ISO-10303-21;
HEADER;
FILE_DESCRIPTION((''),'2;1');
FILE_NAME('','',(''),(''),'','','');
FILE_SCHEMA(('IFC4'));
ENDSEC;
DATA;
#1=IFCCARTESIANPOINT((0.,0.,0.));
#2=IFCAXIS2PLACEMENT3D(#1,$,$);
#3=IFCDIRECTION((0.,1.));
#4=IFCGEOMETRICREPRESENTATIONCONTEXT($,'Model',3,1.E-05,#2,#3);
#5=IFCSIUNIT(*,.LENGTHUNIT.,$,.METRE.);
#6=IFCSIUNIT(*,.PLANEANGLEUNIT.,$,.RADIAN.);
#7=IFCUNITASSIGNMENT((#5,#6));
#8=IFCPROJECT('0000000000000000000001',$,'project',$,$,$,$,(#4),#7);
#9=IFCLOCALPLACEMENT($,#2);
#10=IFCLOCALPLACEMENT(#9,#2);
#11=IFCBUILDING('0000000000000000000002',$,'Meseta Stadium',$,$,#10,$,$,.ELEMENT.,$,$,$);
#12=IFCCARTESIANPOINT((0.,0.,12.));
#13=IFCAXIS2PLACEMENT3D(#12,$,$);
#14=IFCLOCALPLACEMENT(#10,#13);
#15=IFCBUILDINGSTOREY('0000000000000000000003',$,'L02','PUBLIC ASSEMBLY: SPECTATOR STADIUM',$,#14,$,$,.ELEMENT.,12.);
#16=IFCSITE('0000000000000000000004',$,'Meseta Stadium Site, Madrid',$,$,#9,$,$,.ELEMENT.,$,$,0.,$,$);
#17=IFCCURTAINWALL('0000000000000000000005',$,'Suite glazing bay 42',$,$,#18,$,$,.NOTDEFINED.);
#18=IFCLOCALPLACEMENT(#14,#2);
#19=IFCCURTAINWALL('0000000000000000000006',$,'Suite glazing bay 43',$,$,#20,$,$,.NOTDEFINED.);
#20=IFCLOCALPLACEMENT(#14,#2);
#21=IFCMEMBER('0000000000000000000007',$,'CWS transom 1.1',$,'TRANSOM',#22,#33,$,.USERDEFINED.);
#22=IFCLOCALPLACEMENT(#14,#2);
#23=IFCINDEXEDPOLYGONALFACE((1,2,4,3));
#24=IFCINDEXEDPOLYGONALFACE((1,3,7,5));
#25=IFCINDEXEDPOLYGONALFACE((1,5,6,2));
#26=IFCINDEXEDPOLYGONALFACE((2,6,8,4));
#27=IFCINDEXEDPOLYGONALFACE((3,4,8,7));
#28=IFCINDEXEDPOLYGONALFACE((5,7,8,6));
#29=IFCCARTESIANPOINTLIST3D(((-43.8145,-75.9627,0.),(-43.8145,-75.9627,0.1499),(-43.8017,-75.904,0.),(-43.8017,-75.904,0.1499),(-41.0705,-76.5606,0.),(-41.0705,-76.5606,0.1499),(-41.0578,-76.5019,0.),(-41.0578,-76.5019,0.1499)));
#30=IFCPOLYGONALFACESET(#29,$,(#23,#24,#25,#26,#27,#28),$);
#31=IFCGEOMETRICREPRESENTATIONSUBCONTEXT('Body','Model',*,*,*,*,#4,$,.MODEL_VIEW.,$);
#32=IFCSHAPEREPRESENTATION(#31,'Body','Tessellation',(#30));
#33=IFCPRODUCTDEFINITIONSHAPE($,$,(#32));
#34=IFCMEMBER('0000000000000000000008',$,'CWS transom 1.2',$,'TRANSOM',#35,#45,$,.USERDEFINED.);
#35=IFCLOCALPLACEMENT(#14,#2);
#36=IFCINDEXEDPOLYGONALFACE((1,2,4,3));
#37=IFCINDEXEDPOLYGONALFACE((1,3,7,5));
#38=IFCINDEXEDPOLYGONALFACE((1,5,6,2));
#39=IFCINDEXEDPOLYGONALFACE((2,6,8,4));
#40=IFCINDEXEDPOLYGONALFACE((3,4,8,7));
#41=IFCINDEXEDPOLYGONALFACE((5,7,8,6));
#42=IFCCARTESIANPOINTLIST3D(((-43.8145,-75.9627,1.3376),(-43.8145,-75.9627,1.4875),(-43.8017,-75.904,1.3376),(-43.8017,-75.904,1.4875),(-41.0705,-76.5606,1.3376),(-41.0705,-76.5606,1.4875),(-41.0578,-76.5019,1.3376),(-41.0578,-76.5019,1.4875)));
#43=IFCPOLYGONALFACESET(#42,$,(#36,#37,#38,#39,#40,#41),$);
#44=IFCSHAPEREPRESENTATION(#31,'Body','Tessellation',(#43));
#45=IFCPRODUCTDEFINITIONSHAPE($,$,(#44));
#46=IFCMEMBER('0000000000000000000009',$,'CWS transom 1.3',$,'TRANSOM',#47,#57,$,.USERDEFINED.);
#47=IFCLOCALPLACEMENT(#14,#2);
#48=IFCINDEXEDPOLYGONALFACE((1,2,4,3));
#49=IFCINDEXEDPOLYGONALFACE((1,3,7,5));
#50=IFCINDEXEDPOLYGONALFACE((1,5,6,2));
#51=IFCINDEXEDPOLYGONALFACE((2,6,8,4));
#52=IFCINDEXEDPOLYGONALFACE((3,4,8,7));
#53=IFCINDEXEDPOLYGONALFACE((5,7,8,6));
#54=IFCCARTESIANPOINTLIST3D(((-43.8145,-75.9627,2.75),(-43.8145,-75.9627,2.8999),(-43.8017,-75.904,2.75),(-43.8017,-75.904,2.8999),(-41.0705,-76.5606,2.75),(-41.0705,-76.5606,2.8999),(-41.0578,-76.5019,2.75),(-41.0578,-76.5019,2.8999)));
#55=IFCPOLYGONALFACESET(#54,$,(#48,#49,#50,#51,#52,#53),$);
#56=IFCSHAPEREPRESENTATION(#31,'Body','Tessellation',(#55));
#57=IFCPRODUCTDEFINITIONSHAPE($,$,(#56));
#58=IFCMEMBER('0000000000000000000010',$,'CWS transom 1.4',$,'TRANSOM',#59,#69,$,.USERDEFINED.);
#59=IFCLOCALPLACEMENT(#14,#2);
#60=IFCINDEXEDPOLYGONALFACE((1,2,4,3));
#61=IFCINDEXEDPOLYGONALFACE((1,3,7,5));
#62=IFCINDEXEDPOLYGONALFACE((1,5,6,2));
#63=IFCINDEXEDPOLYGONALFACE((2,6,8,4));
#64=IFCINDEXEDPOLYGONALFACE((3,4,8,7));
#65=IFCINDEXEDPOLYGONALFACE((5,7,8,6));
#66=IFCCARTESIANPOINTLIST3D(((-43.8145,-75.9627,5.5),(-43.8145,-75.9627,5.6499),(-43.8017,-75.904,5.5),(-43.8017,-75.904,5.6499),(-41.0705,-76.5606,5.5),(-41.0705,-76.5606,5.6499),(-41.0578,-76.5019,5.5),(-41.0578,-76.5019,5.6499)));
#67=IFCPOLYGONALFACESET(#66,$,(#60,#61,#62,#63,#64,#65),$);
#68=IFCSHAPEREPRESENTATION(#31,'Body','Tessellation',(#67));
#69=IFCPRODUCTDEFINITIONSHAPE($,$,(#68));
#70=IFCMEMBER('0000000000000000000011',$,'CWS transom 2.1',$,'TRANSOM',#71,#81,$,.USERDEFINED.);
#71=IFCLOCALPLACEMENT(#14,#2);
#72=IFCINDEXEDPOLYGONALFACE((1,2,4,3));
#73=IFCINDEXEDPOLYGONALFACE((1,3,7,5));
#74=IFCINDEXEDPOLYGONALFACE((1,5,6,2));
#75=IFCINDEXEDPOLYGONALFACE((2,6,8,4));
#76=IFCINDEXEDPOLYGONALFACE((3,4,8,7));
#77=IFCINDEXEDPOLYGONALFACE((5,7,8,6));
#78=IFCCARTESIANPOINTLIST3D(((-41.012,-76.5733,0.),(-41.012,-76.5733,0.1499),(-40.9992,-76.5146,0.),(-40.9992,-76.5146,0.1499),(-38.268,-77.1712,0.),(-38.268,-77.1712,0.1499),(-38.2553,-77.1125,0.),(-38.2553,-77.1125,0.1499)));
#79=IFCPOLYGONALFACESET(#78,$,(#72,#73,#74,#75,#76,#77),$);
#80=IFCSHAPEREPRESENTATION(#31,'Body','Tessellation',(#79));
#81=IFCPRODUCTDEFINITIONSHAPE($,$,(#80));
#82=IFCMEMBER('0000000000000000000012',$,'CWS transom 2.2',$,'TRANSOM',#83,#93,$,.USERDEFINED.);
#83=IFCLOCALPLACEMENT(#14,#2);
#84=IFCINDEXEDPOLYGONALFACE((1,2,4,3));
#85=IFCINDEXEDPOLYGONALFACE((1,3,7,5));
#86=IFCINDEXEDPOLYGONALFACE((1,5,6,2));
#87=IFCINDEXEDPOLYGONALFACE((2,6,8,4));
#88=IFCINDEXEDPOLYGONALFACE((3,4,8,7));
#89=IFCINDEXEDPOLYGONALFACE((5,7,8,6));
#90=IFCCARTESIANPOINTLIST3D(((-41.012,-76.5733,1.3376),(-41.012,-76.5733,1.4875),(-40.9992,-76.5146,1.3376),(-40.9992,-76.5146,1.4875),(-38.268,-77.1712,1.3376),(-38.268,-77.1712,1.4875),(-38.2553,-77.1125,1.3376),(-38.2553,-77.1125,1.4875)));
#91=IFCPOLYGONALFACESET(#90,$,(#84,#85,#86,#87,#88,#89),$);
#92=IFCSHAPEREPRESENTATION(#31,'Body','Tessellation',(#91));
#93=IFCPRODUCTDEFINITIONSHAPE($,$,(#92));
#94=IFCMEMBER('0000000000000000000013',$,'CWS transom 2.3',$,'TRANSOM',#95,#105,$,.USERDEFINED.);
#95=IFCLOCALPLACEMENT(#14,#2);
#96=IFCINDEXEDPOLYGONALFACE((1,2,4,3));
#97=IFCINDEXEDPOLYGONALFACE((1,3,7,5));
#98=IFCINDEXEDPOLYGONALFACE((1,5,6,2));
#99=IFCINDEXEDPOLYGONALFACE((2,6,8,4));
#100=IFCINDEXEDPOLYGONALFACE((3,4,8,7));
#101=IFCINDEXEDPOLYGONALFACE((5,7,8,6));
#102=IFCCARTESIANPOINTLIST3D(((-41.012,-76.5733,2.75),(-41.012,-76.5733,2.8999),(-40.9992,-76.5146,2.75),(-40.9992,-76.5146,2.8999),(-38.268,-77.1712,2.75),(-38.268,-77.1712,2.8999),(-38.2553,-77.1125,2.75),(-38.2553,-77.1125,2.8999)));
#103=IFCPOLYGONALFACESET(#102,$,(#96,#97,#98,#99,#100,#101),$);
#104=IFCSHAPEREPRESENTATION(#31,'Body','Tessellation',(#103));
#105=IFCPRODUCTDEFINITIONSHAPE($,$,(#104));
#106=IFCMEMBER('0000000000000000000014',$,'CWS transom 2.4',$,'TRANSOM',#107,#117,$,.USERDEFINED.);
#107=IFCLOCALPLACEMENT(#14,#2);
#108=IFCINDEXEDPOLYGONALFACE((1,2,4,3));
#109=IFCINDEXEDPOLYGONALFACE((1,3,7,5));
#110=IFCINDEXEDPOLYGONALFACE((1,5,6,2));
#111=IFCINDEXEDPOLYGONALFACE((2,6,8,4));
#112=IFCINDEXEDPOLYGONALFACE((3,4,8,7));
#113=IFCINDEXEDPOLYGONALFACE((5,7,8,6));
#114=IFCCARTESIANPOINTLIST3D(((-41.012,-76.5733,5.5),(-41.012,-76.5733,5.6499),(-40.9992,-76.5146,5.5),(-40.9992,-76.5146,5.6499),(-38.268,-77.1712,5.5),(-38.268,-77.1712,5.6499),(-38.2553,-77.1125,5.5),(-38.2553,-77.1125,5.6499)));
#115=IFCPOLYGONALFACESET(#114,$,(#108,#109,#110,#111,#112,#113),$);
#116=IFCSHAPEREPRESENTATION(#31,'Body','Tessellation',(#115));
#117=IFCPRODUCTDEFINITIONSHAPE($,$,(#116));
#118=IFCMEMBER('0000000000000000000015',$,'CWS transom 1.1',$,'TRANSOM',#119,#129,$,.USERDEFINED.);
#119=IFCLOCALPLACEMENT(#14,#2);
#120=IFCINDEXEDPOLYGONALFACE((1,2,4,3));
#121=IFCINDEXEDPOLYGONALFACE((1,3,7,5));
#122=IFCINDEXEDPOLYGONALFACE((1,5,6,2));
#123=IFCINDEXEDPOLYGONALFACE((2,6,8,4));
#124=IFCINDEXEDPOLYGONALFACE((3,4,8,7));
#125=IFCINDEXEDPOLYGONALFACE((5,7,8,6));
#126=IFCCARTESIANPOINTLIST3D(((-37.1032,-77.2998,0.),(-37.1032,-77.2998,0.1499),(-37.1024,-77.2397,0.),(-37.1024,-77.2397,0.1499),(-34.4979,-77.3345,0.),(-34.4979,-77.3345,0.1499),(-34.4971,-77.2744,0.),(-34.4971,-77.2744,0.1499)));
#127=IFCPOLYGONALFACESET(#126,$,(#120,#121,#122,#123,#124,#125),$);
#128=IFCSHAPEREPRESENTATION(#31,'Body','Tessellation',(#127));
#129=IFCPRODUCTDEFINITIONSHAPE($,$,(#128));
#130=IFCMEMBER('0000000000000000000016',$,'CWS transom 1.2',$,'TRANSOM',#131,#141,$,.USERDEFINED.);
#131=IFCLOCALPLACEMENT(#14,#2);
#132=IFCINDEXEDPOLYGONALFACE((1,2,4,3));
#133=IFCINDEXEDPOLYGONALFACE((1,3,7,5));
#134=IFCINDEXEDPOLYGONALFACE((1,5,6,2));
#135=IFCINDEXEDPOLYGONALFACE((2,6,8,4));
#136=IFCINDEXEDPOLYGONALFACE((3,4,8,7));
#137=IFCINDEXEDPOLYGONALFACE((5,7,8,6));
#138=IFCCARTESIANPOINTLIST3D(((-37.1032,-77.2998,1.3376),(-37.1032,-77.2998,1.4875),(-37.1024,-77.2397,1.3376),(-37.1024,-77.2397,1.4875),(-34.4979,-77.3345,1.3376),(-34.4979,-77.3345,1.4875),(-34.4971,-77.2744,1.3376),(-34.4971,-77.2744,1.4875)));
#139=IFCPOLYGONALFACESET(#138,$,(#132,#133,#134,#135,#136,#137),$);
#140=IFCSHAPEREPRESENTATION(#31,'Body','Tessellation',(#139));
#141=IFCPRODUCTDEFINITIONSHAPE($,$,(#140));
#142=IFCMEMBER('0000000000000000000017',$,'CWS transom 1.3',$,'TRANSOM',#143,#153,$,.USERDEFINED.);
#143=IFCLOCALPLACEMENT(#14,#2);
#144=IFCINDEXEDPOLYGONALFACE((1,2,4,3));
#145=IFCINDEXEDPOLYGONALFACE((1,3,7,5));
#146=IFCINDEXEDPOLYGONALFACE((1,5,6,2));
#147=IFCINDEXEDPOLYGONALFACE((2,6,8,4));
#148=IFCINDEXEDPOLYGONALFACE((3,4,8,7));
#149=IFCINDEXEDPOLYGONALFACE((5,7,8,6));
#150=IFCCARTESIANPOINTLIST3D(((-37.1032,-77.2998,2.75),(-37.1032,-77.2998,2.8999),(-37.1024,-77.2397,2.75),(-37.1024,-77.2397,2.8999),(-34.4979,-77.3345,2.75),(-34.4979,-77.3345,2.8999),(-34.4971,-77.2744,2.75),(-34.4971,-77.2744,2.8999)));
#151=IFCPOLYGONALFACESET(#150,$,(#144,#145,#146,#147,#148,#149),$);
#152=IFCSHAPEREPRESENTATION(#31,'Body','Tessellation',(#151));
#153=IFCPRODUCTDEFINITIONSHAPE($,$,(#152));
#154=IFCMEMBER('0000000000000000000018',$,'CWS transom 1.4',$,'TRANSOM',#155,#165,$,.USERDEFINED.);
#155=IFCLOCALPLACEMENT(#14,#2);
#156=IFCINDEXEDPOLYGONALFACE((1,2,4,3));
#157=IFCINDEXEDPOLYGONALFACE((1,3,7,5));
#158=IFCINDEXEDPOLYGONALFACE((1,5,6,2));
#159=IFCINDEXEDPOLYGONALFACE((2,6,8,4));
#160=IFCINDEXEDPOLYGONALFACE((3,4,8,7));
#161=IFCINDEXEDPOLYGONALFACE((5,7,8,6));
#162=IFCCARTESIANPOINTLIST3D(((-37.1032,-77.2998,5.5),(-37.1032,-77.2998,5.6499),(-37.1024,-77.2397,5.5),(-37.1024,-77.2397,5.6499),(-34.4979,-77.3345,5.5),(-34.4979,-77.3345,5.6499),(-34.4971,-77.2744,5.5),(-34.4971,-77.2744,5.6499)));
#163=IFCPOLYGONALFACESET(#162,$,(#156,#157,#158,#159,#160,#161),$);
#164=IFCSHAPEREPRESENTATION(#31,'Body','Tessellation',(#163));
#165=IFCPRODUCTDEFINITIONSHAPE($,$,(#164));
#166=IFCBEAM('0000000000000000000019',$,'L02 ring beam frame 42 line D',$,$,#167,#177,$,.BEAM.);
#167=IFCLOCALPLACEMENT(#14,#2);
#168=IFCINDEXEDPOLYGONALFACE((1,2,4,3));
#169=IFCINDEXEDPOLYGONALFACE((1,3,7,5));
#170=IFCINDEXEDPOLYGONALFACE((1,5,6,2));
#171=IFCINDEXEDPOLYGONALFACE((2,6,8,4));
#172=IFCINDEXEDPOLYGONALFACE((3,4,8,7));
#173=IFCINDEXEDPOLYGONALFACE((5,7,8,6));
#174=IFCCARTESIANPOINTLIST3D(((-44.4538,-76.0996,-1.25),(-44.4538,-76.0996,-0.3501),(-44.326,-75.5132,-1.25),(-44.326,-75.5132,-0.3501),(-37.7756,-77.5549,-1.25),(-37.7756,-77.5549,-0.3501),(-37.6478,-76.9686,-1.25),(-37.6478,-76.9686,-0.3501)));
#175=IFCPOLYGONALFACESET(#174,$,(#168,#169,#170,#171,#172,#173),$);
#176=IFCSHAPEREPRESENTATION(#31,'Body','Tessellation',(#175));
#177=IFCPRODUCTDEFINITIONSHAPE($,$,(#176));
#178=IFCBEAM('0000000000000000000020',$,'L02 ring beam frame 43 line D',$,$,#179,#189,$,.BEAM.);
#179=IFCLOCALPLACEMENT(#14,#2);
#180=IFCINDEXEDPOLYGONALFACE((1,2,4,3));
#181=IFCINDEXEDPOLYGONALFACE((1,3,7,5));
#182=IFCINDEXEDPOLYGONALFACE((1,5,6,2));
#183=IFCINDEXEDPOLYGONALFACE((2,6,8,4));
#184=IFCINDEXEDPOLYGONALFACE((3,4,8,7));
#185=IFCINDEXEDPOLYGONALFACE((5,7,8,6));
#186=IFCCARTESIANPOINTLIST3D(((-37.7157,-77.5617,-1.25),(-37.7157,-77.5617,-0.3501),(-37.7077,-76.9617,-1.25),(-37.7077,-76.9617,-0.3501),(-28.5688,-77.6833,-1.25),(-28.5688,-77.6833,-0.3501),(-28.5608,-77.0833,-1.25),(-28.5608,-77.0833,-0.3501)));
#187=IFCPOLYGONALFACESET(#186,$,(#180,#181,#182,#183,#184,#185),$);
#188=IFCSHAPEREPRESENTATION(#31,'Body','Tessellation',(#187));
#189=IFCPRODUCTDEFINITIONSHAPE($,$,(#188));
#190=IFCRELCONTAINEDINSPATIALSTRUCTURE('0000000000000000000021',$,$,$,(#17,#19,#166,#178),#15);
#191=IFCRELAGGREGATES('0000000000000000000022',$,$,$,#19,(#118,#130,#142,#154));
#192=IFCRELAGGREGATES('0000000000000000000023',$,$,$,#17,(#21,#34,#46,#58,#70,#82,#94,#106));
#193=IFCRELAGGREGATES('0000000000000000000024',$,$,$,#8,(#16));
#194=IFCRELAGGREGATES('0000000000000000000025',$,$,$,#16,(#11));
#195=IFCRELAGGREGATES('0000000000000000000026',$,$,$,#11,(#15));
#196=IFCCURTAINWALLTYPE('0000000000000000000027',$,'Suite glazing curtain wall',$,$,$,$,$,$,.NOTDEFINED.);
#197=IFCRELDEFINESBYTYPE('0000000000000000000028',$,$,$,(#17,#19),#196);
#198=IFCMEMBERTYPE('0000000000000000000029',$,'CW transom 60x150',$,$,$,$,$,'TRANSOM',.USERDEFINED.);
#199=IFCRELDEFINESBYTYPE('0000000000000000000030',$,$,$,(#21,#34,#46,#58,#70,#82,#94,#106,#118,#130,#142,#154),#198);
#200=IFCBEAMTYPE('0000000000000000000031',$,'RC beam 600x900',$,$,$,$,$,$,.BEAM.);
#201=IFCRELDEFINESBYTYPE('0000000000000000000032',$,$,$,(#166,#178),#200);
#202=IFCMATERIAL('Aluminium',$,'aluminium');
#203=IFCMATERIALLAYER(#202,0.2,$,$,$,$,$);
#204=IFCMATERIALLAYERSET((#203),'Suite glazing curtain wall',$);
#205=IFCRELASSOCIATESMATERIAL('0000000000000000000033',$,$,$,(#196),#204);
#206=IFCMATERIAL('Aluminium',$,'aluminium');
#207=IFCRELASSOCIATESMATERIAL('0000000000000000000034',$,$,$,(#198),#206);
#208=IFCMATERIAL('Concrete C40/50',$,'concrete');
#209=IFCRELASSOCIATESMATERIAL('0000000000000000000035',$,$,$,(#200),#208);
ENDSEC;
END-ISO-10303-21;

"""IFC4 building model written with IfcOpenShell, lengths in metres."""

from ifc_helpers import new_model, si_unit, direction, frame, origin, origin_2d, place, context, subcontext, project, spatial, rectangle, extrude, material, layer, layer_set, material_profile, profile_set, type_object, element, aggregate, save


model = new_model("IFC4")

# Units and contexts
model_context = context("Model", 3, precision=1e-05, world=origin(), true_north=direction((0.0, 1.0)))
body_context = subcontext(model_context, "Body", "Model", "MODEL_VIEW")
ifc_project = project(units=[si_unit("LENGTHUNIT", "METRE"), si_unit("PLANEANGLEUNIT", "RADIAN")], contexts=[model_context])

# Site, building, storey
site_placement = place(None, origin())
site = spatial("IfcSite", under=ifc_project, at=site_placement, Name="Meseta Stadium Site, Madrid", CompositionType="ELEMENT", RefElevation=0.0)
building_placement = place(site_placement, origin())
building = spatial("IfcBuilding", under=site, at=building_placement, Name="Meseta Stadium", CompositionType="ELEMENT")
storey_placement = place(building_placement, frame((0.0, 0.0, 12.0)))
storey = spatial("IfcBuildingStorey", under=building, at=storey_placement, Name="L02", Description="PUBLIC ASSEMBLY: SPECTATOR STADIUM", CompositionType="ELEMENT", Elevation=12.0)

# Shared definitions
ifc_material_1 = material(Name="Aluminium", Category="aluminium")
ifc_layer_1 = layer(ifc_material_1, 0.2)
ifc_layer_set_1 = layer_set([ifc_layer_1], Name="Suite glazing curtain wall")
curtain_wall_type = type_object("IfcCurtainWallType", Name="Suite glazing curtain wall", PredefinedType="NOTDEFINED", material=ifc_layer_set_1)

# Curtain wall
curtain_wall_1_placement = place(storey_placement, origin())
curtain_wall_1 = element("IfcCurtainWall", 1, at=curtain_wall_1_placement, inside=storey, type_object=curtain_wall_type, Name="Suite glazing bay 42", PredefinedType="NOTDEFINED")

# Curtain wall
curtain_wall_2_placement = place(storey_placement, origin())
curtain_wall_2 = element("IfcCurtainWall", 2, at=curtain_wall_2_placement, inside=storey, type_object=curtain_wall_type, Name="Suite glazing bay 43", PredefinedType="NOTDEFINED")

# Members
ifc_material_2 = material(Name="Aluminium", Category="aluminium")
ifc_material_profile_1 = material_profile(ifc_material_2, rectangle(XDim=0.0601, YDim=0.1499, at=origin_2d()), Name="CW 60x150")
ifc_profile_set_1 = profile_set([ifc_material_profile_1], Name="Aluminium")
member_type_1 = type_object("IfcMemberType", Name="CW transom 60x150", ElementType="TRANSOM", PredefinedType="USERDEFINED", material=ifc_profile_set_1)
member_1_placement = place(storey_placement, frame((-43.8081, -75.9333, 0.075), z_axis=(0.977073, -0.212906, 0.0), x_axis=(0.212906, 0.977073, 0.0)))
member_1 = element("IfcMember", 3, at=member_1_placement, type_object=member_type_1, Name="CWS transom 1.1", ObjectType="TRANSOM", PredefinedType="USERDEFINED", context=body_context, shape_type="SweptSolid", body=[
    extrude(rectangle(XDim=0.0601, YDim=0.1499, at=origin_2d()), origin(), (0.0, 0.0, 1.0), 2.8083),
])
member_2_placement = place(storey_placement, frame((-43.8081, -75.9333, 1.4126), z_axis=(0.977073, -0.212906, 0.0), x_axis=(0.212906, 0.977073, 0.0)))
member_2 = element("IfcMember", 4, at=member_2_placement, type_object=member_type_1, Name="CWS transom 1.2", ObjectType="TRANSOM", PredefinedType="USERDEFINED", context=body_context, shape_type="SweptSolid", body=[
    extrude(rectangle(XDim=0.0601, YDim=0.1499, at=origin_2d()), origin(), (0.0, 0.0, 1.0), 2.8083),
])
member_3_placement = place(storey_placement, frame((-43.8081, -75.9333, 2.825), z_axis=(0.977073, -0.212906, 0.0), x_axis=(0.212906, 0.977073, 0.0)))
member_3 = element("IfcMember", 5, at=member_3_placement, type_object=member_type_1, Name="CWS transom 1.3", ObjectType="TRANSOM", PredefinedType="USERDEFINED", context=body_context, shape_type="SweptSolid", body=[
    extrude(rectangle(XDim=0.0601, YDim=0.1499, at=origin_2d()), origin(), (0.0, 0.0, 1.0), 2.8083),
])
member_4_placement = place(storey_placement, frame((-43.8081, -75.9333, 5.575), z_axis=(0.977073, -0.212906, 0.0), x_axis=(0.212906, 0.977073, 0.0)))
member_4 = element("IfcMember", 6, at=member_4_placement, type_object=member_type_1, Name="CWS transom 1.4", ObjectType="TRANSOM", PredefinedType="USERDEFINED", context=body_context, shape_type="SweptSolid", body=[
    extrude(rectangle(XDim=0.0601, YDim=0.1499, at=origin_2d()), origin(), (0.0, 0.0, 1.0), 2.8083),
])
member_5_placement = place(storey_placement, frame((-41.0056, -76.5439, 0.075), z_axis=(0.977073, -0.212906, 0.0), x_axis=(0.212906, 0.977073, 0.0)))
member_5 = element("IfcMember", 7, at=member_5_placement, type_object=member_type_1, Name="CWS transom 2.1", ObjectType="TRANSOM", PredefinedType="USERDEFINED", context=body_context, shape_type="SweptSolid", body=[
    extrude(rectangle(XDim=0.0601, YDim=0.1499, at=origin_2d()), origin(), (0.0, 0.0, 1.0), 2.8083),
])
member_6_placement = place(storey_placement, frame((-41.0056, -76.5439, 1.4126), z_axis=(0.977073, -0.212906, 0.0), x_axis=(0.212906, 0.977073, 0.0)))
member_6 = element("IfcMember", 8, at=member_6_placement, type_object=member_type_1, Name="CWS transom 2.2", ObjectType="TRANSOM", PredefinedType="USERDEFINED", context=body_context, shape_type="SweptSolid", body=[
    extrude(rectangle(XDim=0.0601, YDim=0.1499, at=origin_2d()), origin(), (0.0, 0.0, 1.0), 2.8083),
])
member_7_placement = place(storey_placement, frame((-41.0056, -76.5439, 2.825), z_axis=(0.977073, -0.212906, 0.0), x_axis=(0.212906, 0.977073, 0.0)))
member_7 = element("IfcMember", 9, at=member_7_placement, type_object=member_type_1, Name="CWS transom 2.3", ObjectType="TRANSOM", PredefinedType="USERDEFINED", context=body_context, shape_type="SweptSolid", body=[
    extrude(rectangle(XDim=0.0601, YDim=0.1499, at=origin_2d()), origin(), (0.0, 0.0, 1.0), 2.8083),
])
member_8_placement = place(storey_placement, frame((-41.0056, -76.5439, 5.575), z_axis=(0.977073, -0.212906, 0.0), x_axis=(0.212906, 0.977073, 0.0)))
member_8 = element("IfcMember", 10, at=member_8_placement, type_object=member_type_1, Name="CWS transom 2.4", ObjectType="TRANSOM", PredefinedType="USERDEFINED", context=body_context, shape_type="SweptSolid", body=[
    extrude(rectangle(XDim=0.0601, YDim=0.1499, at=origin_2d()), origin(), (0.0, 0.0, 1.0), 2.8083),
])
member_9_placement = place(storey_placement, frame((-37.1028, -77.2698, 0.075), z_axis=(0.999911, -0.013306, 0.0), x_axis=(0.013306, 0.999911, 0.0)))
member_9 = element("IfcMember", 11, at=member_9_placement, type_object=member_type_1, Name="CWS transom 1.1", ObjectType="TRANSOM", PredefinedType="USERDEFINED", context=body_context, shape_type="SweptSolid", body=[
    extrude(rectangle(XDim=0.0601, YDim=0.1499, at=origin_2d()), origin(), (0.0, 0.0, 1.0), 2.6055),
])
member_10_placement = place(storey_placement, frame((-37.1028, -77.2698, 1.4126), z_axis=(0.999911, -0.013306, 0.0), x_axis=(0.013306, 0.999911, 0.0)))
member_10 = element("IfcMember", 12, at=member_10_placement, type_object=member_type_1, Name="CWS transom 1.2", ObjectType="TRANSOM", PredefinedType="USERDEFINED", context=body_context, shape_type="SweptSolid", body=[
    extrude(rectangle(XDim=0.0601, YDim=0.1499, at=origin_2d()), origin(), (0.0, 0.0, 1.0), 2.6055),
])
member_11_placement = place(storey_placement, frame((-37.1028, -77.2698, 2.825), z_axis=(0.999911, -0.013306, 0.0), x_axis=(0.013306, 0.999911, 0.0)))
member_11 = element("IfcMember", 13, at=member_11_placement, type_object=member_type_1, Name="CWS transom 1.3", ObjectType="TRANSOM", PredefinedType="USERDEFINED", context=body_context, shape_type="SweptSolid", body=[
    extrude(rectangle(XDim=0.0601, YDim=0.1499, at=origin_2d()), origin(), (0.0, 0.0, 1.0), 2.6055),
])
member_12_placement = place(storey_placement, frame((-37.1028, -77.2698, 5.575), z_axis=(0.999911, -0.013306, 0.0), x_axis=(0.013306, 0.999911, 0.0)))
member_12 = element("IfcMember", 14, at=member_12_placement, type_object=member_type_1, Name="CWS transom 1.4", ObjectType="TRANSOM", PredefinedType="USERDEFINED", context=body_context, shape_type="SweptSolid", body=[
    extrude(rectangle(XDim=0.0601, YDim=0.1499, at=origin_2d()), origin(), (0.0, 0.0, 1.0), 2.6055),
])
aggregate(curtain_wall_2, [member_9, member_10, member_11, member_12])

# Beams
ifc_material_3 = material(Name="Concrete C40/50", Category="concrete")
ifc_material_profile_2 = material_profile(ifc_material_3, rectangle(XDim=0.6001, YDim=0.8999, at=origin_2d()), Name="RC 600x900")
ifc_profile_set_2 = profile_set([ifc_material_profile_2], Name="Concrete C40/50")
beam_type = type_object("IfcBeamType", Name="RC beam 600x900", PredefinedType="BEAM", material=ifc_profile_set_2)
beam_1_placement = place(storey_placement, frame((-44.3899, -75.8064, -0.8), z_axis=(0.977069, -0.212923, 0.0), x_axis=(0.212923, 0.977069, 0.0)))
element("IfcBeam", 15, at=beam_1_placement, inside=storey, type_object=beam_type, Name="L02 ring beam frame 42 line D", PredefinedType="BEAM", context=body_context, shape_type="SweptSolid", body=[
    extrude(rectangle(XDim=0.6001, YDim=0.8999, at=origin_2d()), origin(), (0.0, 0.0, 1.0), 6.835),
])
beam_2_placement = place(storey_placement, frame((-37.7117, -77.2617, -0.8), z_axis=(0.999912, -0.013291, 0.0), x_axis=(0.013291, 0.999912, 0.0)))
element("IfcBeam", 16, at=beam_2_placement, inside=storey, type_object=beam_type, Name="L02 ring beam frame 43 line D", PredefinedType="BEAM", context=body_context, shape_type="SweptSolid", body=[
    extrude(rectangle(XDim=0.6001, YDim=0.8999, at=origin_2d()), origin(), (0.0, 0.0, 1.0), 9.1477),
])

aggregate(curtain_wall_1, [member_1, member_2, member_3, member_4, member_5, member_6, member_7, member_8])

save(model, "model.ifc")
